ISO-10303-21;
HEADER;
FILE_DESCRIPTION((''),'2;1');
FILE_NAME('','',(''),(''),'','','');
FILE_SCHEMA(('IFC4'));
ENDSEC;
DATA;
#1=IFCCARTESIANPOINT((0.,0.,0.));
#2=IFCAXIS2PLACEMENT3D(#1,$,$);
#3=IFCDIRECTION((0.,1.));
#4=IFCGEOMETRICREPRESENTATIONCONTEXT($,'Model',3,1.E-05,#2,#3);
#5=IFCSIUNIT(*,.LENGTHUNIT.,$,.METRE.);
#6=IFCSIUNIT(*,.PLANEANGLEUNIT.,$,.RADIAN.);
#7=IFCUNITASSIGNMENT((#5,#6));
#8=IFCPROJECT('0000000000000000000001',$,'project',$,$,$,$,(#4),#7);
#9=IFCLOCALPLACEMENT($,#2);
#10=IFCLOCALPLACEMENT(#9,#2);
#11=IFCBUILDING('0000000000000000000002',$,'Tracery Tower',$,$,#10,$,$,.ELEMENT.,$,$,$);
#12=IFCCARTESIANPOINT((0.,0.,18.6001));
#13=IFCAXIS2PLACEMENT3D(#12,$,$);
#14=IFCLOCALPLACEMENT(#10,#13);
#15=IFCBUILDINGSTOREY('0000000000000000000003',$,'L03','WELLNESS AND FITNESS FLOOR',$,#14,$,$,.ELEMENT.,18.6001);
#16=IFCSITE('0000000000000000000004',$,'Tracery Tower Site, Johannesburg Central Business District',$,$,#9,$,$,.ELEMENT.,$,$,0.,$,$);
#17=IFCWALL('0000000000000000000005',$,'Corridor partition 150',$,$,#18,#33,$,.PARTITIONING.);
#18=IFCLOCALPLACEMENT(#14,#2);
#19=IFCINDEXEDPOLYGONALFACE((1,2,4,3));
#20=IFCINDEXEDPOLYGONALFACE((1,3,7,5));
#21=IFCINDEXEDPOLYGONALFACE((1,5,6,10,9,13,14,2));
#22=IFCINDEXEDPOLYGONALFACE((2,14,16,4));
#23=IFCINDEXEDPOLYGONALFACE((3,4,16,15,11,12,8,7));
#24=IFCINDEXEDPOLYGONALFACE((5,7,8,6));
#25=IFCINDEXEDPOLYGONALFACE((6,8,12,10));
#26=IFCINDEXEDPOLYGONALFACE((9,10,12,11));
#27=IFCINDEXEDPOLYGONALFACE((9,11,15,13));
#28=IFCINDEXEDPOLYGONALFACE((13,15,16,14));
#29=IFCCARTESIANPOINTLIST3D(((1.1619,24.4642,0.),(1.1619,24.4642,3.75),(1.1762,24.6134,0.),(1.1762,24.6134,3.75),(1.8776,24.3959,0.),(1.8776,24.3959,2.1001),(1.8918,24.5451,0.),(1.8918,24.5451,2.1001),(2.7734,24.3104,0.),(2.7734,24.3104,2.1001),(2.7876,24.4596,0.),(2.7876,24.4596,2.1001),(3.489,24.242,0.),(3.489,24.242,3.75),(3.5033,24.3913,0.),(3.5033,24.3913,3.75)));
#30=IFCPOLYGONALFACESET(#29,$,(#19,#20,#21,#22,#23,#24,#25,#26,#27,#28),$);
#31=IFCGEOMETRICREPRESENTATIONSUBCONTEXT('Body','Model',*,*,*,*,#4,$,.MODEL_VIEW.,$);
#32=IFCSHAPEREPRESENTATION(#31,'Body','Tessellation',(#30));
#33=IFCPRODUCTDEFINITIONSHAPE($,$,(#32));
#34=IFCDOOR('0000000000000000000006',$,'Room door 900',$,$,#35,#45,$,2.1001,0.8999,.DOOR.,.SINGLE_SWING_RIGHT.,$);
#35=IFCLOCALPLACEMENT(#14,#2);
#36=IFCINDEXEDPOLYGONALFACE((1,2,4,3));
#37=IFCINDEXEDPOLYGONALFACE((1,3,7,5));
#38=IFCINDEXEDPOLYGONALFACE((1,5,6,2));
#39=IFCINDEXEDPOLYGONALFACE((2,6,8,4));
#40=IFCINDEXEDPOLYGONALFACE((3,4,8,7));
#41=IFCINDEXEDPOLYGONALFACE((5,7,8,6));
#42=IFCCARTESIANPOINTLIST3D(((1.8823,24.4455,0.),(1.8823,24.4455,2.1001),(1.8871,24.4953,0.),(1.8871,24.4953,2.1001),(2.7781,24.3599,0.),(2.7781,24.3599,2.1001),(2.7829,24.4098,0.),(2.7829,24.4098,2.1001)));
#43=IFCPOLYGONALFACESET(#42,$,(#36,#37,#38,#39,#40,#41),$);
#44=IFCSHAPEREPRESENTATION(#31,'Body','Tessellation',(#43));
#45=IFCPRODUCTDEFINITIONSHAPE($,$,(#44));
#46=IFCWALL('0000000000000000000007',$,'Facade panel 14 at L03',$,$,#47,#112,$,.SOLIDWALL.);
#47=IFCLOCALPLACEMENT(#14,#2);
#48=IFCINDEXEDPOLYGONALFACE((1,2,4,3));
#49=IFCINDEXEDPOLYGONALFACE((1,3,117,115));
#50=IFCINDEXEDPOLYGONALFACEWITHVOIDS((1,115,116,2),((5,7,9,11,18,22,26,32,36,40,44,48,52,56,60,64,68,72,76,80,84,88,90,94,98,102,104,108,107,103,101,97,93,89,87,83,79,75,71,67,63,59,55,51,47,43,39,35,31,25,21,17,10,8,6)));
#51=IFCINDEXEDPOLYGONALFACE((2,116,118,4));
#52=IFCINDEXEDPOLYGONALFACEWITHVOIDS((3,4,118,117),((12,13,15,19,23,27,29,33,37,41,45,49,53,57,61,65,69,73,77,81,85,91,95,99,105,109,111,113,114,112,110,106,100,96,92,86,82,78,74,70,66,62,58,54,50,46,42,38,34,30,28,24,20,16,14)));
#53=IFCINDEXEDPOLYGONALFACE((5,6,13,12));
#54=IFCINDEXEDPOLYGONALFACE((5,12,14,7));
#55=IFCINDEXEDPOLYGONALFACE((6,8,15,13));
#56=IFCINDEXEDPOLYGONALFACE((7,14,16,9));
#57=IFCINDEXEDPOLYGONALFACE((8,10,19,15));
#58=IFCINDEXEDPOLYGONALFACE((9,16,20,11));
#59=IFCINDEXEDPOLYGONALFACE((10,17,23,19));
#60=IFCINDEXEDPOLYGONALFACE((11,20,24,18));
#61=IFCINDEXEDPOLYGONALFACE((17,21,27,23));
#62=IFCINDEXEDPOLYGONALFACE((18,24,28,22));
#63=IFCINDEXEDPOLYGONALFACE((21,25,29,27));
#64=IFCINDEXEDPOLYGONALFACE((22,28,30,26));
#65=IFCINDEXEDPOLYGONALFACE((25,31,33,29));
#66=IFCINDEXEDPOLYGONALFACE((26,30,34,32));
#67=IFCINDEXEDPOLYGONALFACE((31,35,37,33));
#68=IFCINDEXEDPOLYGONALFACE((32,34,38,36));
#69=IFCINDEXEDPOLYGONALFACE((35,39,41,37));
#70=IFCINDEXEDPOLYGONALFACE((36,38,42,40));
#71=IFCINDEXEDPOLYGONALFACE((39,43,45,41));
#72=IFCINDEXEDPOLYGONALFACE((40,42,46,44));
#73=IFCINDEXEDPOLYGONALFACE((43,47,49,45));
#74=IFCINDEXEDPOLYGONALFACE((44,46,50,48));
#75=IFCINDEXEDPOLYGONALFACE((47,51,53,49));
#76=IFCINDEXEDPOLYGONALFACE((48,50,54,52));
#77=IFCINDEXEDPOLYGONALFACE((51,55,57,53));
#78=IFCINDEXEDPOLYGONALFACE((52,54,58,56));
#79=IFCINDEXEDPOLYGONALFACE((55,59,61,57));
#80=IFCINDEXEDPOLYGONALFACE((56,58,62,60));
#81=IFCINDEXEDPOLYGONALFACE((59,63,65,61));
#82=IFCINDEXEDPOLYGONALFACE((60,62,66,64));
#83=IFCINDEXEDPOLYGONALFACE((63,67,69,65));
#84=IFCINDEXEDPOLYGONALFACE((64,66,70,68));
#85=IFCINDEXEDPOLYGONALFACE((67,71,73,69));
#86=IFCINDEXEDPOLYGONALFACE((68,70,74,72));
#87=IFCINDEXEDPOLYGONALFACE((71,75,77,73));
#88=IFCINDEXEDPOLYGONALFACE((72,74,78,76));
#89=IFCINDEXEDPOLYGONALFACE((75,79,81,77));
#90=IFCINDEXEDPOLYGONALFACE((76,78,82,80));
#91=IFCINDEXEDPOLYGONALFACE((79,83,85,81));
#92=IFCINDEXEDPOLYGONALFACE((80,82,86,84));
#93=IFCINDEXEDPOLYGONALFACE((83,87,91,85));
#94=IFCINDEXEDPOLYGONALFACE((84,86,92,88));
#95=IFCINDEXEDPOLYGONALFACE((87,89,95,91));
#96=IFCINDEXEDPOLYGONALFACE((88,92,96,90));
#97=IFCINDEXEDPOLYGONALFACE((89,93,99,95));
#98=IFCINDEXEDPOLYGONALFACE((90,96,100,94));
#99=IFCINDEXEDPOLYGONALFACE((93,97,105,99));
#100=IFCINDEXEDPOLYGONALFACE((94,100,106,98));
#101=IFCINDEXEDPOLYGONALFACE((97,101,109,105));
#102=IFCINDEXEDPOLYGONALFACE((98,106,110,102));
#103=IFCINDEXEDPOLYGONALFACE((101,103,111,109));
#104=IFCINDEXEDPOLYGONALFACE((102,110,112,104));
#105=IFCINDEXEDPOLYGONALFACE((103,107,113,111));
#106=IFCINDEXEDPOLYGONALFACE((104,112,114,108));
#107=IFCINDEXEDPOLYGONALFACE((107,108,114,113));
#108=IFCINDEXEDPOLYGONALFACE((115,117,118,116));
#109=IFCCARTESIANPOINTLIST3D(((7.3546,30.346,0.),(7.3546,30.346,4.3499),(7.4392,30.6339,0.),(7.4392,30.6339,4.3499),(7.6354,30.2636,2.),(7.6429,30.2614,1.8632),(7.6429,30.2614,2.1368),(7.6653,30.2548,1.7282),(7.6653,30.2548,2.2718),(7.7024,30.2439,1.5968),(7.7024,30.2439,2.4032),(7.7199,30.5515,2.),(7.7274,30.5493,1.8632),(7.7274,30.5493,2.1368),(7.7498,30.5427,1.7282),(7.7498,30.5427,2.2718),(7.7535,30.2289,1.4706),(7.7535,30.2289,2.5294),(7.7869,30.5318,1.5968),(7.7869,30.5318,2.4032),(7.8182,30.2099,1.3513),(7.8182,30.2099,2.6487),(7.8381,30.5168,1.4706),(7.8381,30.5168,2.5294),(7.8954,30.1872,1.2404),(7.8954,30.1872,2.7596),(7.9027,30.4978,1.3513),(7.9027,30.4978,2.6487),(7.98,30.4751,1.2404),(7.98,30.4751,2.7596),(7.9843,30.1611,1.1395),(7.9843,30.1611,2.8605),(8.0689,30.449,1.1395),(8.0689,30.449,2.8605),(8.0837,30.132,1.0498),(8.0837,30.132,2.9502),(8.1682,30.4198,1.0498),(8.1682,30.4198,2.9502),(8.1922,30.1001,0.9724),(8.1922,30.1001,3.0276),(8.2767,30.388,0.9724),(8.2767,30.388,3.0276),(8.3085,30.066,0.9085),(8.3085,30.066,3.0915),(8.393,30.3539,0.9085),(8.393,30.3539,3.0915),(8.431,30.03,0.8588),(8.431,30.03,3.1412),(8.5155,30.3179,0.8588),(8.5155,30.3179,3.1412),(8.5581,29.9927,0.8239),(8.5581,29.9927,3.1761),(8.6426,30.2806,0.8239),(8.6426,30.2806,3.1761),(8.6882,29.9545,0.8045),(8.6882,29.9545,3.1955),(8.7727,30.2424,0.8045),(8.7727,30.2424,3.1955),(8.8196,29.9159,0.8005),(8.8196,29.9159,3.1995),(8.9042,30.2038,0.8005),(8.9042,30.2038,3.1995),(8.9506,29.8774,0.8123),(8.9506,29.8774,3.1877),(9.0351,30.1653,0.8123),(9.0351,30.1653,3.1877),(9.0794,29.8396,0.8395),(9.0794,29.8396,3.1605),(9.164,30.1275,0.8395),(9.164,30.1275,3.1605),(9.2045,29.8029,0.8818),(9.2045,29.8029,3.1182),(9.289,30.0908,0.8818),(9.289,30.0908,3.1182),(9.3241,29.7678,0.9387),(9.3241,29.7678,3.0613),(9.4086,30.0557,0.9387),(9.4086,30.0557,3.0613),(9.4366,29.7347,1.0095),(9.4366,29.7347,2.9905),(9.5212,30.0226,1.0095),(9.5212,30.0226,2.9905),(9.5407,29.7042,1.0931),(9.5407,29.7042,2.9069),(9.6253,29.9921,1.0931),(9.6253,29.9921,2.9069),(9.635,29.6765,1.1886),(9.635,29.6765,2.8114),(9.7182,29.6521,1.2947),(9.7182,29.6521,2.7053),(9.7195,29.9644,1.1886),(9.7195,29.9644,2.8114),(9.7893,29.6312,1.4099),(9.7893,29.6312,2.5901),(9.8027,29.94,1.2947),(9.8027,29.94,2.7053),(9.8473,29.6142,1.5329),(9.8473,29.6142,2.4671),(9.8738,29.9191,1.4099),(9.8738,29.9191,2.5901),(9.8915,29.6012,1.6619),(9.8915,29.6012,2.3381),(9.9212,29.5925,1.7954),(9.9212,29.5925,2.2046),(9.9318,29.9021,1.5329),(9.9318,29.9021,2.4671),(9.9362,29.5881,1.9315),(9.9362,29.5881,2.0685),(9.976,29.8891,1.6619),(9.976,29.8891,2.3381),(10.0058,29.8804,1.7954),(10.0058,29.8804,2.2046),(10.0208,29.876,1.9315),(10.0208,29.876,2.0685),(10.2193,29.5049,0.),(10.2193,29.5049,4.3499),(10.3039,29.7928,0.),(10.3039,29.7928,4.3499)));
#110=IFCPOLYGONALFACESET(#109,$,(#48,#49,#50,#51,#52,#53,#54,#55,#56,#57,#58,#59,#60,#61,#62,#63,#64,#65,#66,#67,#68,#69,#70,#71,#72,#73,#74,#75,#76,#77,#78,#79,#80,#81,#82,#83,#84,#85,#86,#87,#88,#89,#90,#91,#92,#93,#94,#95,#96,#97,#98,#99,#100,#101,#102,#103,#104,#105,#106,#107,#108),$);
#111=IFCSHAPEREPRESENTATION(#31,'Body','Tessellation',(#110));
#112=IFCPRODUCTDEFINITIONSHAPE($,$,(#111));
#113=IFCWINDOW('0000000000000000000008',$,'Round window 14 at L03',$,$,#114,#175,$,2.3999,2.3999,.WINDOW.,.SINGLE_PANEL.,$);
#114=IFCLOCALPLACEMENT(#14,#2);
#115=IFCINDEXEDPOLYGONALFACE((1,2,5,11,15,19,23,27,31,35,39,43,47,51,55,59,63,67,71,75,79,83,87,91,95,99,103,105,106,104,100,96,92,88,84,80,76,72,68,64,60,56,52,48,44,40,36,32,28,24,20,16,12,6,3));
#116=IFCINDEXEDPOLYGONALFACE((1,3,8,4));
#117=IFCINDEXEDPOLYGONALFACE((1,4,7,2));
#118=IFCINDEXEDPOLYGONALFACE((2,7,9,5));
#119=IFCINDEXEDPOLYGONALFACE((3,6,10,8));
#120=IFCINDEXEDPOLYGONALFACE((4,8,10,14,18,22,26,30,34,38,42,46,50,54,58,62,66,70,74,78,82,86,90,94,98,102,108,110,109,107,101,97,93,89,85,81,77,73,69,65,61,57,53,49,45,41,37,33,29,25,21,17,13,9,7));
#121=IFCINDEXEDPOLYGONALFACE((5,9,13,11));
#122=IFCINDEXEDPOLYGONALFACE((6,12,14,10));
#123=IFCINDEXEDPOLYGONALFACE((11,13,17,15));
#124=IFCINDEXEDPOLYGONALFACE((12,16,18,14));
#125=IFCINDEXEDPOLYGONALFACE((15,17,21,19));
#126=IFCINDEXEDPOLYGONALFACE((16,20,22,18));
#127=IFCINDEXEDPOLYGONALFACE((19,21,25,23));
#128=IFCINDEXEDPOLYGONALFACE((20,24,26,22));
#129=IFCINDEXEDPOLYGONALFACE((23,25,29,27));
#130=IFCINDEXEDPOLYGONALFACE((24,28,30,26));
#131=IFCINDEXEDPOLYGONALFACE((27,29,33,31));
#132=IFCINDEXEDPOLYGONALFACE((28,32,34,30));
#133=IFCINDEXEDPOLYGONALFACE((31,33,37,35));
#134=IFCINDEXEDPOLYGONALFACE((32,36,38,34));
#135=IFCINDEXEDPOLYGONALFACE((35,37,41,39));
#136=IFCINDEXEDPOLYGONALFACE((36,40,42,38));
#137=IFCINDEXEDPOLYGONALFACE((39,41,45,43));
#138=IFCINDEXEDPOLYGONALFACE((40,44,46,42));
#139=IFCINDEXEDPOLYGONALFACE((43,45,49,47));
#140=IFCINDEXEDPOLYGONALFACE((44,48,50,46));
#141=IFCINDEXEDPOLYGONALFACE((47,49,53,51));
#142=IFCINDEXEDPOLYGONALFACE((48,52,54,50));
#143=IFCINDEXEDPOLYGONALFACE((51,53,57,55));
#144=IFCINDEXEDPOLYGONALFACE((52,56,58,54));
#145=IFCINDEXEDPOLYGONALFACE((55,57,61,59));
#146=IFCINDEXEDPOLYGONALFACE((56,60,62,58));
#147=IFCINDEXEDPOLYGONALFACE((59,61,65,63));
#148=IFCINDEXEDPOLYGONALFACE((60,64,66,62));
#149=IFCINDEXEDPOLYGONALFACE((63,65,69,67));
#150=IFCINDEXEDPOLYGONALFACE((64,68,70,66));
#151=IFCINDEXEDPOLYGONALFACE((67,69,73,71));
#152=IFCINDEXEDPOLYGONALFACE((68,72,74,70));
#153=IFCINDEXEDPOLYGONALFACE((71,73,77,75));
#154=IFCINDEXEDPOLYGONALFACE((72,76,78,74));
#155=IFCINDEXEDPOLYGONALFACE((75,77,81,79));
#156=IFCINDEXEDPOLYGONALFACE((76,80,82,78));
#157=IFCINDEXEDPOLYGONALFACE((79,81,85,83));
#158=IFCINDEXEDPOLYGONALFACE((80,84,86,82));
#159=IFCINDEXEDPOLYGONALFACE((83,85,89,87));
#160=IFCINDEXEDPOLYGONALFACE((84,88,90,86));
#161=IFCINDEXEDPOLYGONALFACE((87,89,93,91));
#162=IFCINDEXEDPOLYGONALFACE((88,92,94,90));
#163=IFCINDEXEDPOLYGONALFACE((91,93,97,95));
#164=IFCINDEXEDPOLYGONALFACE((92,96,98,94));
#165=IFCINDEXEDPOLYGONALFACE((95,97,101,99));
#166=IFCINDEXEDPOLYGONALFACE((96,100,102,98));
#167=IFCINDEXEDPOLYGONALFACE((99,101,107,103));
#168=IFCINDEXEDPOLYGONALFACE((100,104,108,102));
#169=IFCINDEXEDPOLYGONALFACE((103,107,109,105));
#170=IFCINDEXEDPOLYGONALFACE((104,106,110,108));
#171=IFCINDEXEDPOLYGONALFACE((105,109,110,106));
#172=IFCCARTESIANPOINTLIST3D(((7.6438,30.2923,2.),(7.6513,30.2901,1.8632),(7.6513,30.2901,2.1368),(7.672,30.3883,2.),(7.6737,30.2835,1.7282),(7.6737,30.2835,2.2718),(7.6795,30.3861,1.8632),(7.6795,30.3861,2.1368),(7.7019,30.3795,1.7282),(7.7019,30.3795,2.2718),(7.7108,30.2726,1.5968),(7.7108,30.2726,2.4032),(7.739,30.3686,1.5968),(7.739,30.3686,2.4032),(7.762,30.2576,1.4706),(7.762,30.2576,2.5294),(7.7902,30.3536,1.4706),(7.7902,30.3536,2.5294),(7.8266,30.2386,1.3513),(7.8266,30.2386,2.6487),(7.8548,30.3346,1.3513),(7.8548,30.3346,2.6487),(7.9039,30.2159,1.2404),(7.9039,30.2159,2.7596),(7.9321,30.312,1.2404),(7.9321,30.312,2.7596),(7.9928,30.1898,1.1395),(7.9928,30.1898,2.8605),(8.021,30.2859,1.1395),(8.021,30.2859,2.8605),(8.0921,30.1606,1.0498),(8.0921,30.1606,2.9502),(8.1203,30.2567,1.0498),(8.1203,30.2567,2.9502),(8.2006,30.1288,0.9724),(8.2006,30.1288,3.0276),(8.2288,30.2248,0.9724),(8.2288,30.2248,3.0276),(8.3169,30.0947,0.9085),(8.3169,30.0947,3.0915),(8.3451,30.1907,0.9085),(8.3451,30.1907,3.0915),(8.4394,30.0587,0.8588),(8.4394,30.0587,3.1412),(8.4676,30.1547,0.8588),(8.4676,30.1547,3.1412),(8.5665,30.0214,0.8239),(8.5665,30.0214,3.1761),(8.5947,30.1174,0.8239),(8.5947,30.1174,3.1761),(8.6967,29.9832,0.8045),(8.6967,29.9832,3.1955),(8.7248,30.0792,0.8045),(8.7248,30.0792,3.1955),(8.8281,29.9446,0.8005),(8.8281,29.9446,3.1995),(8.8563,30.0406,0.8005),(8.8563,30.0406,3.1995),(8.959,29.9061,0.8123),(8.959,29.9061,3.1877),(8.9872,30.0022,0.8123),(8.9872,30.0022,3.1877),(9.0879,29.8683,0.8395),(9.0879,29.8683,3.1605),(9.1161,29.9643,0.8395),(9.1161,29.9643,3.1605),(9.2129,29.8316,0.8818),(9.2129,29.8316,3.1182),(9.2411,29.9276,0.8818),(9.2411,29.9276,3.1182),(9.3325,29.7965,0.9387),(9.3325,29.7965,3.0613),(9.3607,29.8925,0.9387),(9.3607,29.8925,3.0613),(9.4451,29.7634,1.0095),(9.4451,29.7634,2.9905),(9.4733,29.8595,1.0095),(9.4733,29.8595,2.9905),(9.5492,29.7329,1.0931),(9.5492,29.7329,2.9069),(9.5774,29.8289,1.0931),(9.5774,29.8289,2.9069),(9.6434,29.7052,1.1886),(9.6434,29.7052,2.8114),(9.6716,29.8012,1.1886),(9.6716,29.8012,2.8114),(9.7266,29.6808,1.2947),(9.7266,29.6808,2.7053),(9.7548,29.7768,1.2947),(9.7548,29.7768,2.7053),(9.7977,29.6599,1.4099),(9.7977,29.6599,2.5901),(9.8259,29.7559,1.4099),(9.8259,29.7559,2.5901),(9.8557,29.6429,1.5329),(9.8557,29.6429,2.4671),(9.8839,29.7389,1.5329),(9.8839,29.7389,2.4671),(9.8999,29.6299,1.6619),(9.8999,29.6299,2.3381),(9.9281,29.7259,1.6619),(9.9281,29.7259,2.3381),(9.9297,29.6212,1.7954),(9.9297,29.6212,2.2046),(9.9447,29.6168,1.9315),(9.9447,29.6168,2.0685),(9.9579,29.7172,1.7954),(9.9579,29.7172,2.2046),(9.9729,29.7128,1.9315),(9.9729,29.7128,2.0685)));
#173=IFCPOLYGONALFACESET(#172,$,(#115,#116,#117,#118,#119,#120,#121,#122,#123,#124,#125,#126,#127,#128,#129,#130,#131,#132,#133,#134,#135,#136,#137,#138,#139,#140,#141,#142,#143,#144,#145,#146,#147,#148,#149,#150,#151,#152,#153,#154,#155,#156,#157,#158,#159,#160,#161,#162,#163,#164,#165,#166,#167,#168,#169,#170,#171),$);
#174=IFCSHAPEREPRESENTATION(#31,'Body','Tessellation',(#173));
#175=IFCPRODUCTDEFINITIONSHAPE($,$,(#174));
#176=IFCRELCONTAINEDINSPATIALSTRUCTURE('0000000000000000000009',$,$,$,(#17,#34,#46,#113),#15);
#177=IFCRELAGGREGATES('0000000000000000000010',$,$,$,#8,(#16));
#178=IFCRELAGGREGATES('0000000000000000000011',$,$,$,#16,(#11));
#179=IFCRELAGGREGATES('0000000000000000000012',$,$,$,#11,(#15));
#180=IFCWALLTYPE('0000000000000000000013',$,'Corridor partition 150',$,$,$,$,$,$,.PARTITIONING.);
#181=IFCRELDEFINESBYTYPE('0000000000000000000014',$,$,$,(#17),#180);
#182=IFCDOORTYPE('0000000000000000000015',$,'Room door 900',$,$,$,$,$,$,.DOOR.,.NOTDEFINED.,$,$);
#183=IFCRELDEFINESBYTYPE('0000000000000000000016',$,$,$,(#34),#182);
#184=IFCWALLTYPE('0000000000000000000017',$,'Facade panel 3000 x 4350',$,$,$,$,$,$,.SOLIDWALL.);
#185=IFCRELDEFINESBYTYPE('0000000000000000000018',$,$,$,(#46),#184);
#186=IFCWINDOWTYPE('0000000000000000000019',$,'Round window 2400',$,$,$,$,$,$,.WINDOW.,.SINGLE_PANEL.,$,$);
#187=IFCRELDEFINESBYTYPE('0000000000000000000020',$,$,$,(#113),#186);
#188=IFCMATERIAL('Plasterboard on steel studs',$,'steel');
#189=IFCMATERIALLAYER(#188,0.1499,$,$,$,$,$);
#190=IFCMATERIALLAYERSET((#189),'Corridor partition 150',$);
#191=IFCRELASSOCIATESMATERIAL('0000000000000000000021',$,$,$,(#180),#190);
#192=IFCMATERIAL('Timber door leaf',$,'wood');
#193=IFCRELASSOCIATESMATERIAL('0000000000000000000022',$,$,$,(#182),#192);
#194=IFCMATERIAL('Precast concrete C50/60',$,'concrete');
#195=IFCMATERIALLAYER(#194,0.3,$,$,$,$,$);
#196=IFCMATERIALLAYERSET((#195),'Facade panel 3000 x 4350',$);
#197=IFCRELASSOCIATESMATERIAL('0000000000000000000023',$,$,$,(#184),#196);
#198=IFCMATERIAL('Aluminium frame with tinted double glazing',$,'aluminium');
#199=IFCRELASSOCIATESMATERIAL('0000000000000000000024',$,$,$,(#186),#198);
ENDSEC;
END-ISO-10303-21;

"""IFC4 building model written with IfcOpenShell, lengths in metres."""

from ifc_helpers import new_model, si_unit, direction, frame, frame_2d, origin, origin_2d, place, context, subcontext, project, spatial, rectangle, circle, extrude, material, layer, layer_set, type_object, element, fill, save


model = new_model("IFC4")

# Units and contexts
model_context = context("Model", 3, precision=1e-05, world=origin(), true_north=direction((0.0, 1.0)))
body_context = subcontext(model_context, "Body", "Model", "MODEL_VIEW")
ifc_project = project(units=[si_unit("LENGTHUNIT", "METRE"), si_unit("PLANEANGLEUNIT", "RADIAN")], contexts=[model_context])

# Site, building, storey
site_placement = place(None, origin())
site = spatial("IfcSite", under=ifc_project, at=site_placement, Name="Tracery Tower Site, Johannesburg Central Business District", CompositionType="ELEMENT", RefElevation=0.0)
building_placement = place(site_placement, origin())
building = spatial("IfcBuilding", under=site, at=building_placement, Name="Tracery Tower", CompositionType="ELEMENT")
storey_placement = place(building_placement, frame((0.0, 0.0, 18.6001)))
storey = spatial("IfcBuildingStorey", under=building, at=storey_placement, Name="L03", Description="WELLNESS AND FITNESS FLOOR", CompositionType="ELEMENT", Elevation=18.6001)

# Wall, opening, door
ifc_material_1 = material(Name="Plasterboard on steel studs", Category="steel")
ifc_layer_1 = layer(ifc_material_1, 0.1499)
ifc_layer_set_1 = layer_set([ifc_layer_1], Name="Corridor partition 150")
wall_type_1 = type_object("IfcWallType", Name="Corridor partition 150", PredefinedType="PARTITIONING", material=ifc_layer_set_1)
wall_1_placement = place(storey_placement, frame((1.1689, 24.5388, 0.0), z_axis=(0.0, 0.0, 1.0), x_axis=(0.995474, -0.095036, 0.0)))
wall_1 = element("IfcWall", 1, at=wall_1_placement, inside=storey, type_object=wall_type_1, Name="Corridor partition 150", PredefinedType="PARTITIONING", context=body_context, shape_type="SweptSolid", body=[
    extrude(rectangle(XDim=2.3376, YDim=0.1499, at=frame_2d((1.1689, 0.0))), origin(), (0.0, 0.0, 1.0), 3.75),
])
opening_1_placement = place(wall_1_placement, frame((0.719, 0.0, 0.0)))
opening_1 = element("IfcOpeningElement", 2, at=opening_1_placement, cuts=wall_1, PredefinedType="OPENING", context=body_context, shape_type="SweptSolid", body=[
    extrude(rectangle(XDim=0.8999, YDim=2.1001, at=frame_2d((0.45, 1.05))), frame((0.0, 0.075, 0.0), z_axis=(0.0, -1.0, 0.0), x_axis=(1.0, 0.0, 0.0)), (0.0, 0.0, 1.0), 0.1499),
])
ifc_material_2 = material(Name="Timber door leaf", Category="wood")
door_type = type_object("IfcDoorType", Name="Room door 900", OperationType="NOTDEFINED", PredefinedType="DOOR", material=ifc_material_2)
door_placement = place(opening_1_placement, origin())
door = element("IfcDoor", 3, at=door_placement, inside=storey, type_object=door_type, Name="Room door 900", OperationType="SINGLE_SWING_RIGHT", OverallHeight=2.1001, OverallWidth=0.8999, PredefinedType="DOOR", context=body_context, shape_type="SweptSolid", body=[
    extrude(rectangle(XDim=0.8999, YDim=2.1001, at=frame_2d((0.45, 1.05))), frame((0.0, 0.0249, 0.0), z_axis=(0.0, -1.0, 0.0), x_axis=(1.0, 0.0, 0.0)), (0.0, 0.0, 1.0), 0.05),
])
fill(opening_1, door)

# Wall, opening, window
ifc_material_3 = material(Name="Precast concrete C50/60", Category="concrete")
ifc_layer_2 = layer(ifc_material_3, 0.3)
ifc_layer_set_2 = layer_set([ifc_layer_2], Name="Facade panel 3000 x 4350")
wall_type_2 = type_object("IfcWallType", Name="Facade panel 3000 x 4350", PredefinedType="SOLIDWALL", material=ifc_layer_set_2)
wall_2_placement = place(storey_placement, frame((10.2615, 29.6489, 0.0), z_axis=(0.0, 0.0, 1.0), x_axis=(-0.959502, 0.281701, 0.0)))
wall_2 = element("IfcWall", 4, at=wall_2_placement, inside=storey, type_object=wall_type_2, Name="Facade panel 14 at L03", PredefinedType="SOLIDWALL", context=body_context, shape_type="SweptSolid", body=[
    extrude(rectangle(XDim=2.9856, YDim=0.3, at=frame_2d((1.4927, 0.0))), origin(), (0.0, 0.0, 1.0), 4.3499),
])
opening_2_placement = place(wall_2_placement, frame((1.4929, 0.0, 2.0)))
opening_2 = element("IfcOpeningElement", 5, at=opening_2_placement, cuts=wall_2, PredefinedType="OPENING", context=body_context, shape_type="SweptSolid", body=[
    extrude(circle(Radius=1.2, at=origin_2d()), frame((0.0, 0.1599, 0.0), z_axis=(0.0, -1.0, 0.0), x_axis=(1.0, 0.0, 0.0)), (0.0, 0.0, 1.0), 0.3201),
])
ifc_material_4 = material(Name="Aluminium frame with tinted double glazing", Category="aluminium")
window_type = type_object("IfcWindowType", Name="Round window 2400", PartitioningType="SINGLE_PANEL", PredefinedType="WINDOW", material=ifc_material_4)
window_1_placement = place(opening_2_placement, origin())
window_1 = element("IfcWindow", 6, at=window_1_placement, inside=storey, type_object=window_type, Name="Round window 14 at L03", OverallHeight=2.3999, OverallWidth=2.3999, PartitioningType="SINGLE_PANEL", PredefinedType="WINDOW", context=body_context, shape_type="SweptSolid", body=[
    extrude(circle(Radius=1.2, at=origin_2d()), frame((0.0, 0.1201, 0.0), z_axis=(0.0, -1.0, 0.0), x_axis=(1.0, 0.0, 0.0)), (0.0, 0.0, 1.0), 0.1001),
])
fill(opening_2, window_1)

save(model, "model.ifc")
